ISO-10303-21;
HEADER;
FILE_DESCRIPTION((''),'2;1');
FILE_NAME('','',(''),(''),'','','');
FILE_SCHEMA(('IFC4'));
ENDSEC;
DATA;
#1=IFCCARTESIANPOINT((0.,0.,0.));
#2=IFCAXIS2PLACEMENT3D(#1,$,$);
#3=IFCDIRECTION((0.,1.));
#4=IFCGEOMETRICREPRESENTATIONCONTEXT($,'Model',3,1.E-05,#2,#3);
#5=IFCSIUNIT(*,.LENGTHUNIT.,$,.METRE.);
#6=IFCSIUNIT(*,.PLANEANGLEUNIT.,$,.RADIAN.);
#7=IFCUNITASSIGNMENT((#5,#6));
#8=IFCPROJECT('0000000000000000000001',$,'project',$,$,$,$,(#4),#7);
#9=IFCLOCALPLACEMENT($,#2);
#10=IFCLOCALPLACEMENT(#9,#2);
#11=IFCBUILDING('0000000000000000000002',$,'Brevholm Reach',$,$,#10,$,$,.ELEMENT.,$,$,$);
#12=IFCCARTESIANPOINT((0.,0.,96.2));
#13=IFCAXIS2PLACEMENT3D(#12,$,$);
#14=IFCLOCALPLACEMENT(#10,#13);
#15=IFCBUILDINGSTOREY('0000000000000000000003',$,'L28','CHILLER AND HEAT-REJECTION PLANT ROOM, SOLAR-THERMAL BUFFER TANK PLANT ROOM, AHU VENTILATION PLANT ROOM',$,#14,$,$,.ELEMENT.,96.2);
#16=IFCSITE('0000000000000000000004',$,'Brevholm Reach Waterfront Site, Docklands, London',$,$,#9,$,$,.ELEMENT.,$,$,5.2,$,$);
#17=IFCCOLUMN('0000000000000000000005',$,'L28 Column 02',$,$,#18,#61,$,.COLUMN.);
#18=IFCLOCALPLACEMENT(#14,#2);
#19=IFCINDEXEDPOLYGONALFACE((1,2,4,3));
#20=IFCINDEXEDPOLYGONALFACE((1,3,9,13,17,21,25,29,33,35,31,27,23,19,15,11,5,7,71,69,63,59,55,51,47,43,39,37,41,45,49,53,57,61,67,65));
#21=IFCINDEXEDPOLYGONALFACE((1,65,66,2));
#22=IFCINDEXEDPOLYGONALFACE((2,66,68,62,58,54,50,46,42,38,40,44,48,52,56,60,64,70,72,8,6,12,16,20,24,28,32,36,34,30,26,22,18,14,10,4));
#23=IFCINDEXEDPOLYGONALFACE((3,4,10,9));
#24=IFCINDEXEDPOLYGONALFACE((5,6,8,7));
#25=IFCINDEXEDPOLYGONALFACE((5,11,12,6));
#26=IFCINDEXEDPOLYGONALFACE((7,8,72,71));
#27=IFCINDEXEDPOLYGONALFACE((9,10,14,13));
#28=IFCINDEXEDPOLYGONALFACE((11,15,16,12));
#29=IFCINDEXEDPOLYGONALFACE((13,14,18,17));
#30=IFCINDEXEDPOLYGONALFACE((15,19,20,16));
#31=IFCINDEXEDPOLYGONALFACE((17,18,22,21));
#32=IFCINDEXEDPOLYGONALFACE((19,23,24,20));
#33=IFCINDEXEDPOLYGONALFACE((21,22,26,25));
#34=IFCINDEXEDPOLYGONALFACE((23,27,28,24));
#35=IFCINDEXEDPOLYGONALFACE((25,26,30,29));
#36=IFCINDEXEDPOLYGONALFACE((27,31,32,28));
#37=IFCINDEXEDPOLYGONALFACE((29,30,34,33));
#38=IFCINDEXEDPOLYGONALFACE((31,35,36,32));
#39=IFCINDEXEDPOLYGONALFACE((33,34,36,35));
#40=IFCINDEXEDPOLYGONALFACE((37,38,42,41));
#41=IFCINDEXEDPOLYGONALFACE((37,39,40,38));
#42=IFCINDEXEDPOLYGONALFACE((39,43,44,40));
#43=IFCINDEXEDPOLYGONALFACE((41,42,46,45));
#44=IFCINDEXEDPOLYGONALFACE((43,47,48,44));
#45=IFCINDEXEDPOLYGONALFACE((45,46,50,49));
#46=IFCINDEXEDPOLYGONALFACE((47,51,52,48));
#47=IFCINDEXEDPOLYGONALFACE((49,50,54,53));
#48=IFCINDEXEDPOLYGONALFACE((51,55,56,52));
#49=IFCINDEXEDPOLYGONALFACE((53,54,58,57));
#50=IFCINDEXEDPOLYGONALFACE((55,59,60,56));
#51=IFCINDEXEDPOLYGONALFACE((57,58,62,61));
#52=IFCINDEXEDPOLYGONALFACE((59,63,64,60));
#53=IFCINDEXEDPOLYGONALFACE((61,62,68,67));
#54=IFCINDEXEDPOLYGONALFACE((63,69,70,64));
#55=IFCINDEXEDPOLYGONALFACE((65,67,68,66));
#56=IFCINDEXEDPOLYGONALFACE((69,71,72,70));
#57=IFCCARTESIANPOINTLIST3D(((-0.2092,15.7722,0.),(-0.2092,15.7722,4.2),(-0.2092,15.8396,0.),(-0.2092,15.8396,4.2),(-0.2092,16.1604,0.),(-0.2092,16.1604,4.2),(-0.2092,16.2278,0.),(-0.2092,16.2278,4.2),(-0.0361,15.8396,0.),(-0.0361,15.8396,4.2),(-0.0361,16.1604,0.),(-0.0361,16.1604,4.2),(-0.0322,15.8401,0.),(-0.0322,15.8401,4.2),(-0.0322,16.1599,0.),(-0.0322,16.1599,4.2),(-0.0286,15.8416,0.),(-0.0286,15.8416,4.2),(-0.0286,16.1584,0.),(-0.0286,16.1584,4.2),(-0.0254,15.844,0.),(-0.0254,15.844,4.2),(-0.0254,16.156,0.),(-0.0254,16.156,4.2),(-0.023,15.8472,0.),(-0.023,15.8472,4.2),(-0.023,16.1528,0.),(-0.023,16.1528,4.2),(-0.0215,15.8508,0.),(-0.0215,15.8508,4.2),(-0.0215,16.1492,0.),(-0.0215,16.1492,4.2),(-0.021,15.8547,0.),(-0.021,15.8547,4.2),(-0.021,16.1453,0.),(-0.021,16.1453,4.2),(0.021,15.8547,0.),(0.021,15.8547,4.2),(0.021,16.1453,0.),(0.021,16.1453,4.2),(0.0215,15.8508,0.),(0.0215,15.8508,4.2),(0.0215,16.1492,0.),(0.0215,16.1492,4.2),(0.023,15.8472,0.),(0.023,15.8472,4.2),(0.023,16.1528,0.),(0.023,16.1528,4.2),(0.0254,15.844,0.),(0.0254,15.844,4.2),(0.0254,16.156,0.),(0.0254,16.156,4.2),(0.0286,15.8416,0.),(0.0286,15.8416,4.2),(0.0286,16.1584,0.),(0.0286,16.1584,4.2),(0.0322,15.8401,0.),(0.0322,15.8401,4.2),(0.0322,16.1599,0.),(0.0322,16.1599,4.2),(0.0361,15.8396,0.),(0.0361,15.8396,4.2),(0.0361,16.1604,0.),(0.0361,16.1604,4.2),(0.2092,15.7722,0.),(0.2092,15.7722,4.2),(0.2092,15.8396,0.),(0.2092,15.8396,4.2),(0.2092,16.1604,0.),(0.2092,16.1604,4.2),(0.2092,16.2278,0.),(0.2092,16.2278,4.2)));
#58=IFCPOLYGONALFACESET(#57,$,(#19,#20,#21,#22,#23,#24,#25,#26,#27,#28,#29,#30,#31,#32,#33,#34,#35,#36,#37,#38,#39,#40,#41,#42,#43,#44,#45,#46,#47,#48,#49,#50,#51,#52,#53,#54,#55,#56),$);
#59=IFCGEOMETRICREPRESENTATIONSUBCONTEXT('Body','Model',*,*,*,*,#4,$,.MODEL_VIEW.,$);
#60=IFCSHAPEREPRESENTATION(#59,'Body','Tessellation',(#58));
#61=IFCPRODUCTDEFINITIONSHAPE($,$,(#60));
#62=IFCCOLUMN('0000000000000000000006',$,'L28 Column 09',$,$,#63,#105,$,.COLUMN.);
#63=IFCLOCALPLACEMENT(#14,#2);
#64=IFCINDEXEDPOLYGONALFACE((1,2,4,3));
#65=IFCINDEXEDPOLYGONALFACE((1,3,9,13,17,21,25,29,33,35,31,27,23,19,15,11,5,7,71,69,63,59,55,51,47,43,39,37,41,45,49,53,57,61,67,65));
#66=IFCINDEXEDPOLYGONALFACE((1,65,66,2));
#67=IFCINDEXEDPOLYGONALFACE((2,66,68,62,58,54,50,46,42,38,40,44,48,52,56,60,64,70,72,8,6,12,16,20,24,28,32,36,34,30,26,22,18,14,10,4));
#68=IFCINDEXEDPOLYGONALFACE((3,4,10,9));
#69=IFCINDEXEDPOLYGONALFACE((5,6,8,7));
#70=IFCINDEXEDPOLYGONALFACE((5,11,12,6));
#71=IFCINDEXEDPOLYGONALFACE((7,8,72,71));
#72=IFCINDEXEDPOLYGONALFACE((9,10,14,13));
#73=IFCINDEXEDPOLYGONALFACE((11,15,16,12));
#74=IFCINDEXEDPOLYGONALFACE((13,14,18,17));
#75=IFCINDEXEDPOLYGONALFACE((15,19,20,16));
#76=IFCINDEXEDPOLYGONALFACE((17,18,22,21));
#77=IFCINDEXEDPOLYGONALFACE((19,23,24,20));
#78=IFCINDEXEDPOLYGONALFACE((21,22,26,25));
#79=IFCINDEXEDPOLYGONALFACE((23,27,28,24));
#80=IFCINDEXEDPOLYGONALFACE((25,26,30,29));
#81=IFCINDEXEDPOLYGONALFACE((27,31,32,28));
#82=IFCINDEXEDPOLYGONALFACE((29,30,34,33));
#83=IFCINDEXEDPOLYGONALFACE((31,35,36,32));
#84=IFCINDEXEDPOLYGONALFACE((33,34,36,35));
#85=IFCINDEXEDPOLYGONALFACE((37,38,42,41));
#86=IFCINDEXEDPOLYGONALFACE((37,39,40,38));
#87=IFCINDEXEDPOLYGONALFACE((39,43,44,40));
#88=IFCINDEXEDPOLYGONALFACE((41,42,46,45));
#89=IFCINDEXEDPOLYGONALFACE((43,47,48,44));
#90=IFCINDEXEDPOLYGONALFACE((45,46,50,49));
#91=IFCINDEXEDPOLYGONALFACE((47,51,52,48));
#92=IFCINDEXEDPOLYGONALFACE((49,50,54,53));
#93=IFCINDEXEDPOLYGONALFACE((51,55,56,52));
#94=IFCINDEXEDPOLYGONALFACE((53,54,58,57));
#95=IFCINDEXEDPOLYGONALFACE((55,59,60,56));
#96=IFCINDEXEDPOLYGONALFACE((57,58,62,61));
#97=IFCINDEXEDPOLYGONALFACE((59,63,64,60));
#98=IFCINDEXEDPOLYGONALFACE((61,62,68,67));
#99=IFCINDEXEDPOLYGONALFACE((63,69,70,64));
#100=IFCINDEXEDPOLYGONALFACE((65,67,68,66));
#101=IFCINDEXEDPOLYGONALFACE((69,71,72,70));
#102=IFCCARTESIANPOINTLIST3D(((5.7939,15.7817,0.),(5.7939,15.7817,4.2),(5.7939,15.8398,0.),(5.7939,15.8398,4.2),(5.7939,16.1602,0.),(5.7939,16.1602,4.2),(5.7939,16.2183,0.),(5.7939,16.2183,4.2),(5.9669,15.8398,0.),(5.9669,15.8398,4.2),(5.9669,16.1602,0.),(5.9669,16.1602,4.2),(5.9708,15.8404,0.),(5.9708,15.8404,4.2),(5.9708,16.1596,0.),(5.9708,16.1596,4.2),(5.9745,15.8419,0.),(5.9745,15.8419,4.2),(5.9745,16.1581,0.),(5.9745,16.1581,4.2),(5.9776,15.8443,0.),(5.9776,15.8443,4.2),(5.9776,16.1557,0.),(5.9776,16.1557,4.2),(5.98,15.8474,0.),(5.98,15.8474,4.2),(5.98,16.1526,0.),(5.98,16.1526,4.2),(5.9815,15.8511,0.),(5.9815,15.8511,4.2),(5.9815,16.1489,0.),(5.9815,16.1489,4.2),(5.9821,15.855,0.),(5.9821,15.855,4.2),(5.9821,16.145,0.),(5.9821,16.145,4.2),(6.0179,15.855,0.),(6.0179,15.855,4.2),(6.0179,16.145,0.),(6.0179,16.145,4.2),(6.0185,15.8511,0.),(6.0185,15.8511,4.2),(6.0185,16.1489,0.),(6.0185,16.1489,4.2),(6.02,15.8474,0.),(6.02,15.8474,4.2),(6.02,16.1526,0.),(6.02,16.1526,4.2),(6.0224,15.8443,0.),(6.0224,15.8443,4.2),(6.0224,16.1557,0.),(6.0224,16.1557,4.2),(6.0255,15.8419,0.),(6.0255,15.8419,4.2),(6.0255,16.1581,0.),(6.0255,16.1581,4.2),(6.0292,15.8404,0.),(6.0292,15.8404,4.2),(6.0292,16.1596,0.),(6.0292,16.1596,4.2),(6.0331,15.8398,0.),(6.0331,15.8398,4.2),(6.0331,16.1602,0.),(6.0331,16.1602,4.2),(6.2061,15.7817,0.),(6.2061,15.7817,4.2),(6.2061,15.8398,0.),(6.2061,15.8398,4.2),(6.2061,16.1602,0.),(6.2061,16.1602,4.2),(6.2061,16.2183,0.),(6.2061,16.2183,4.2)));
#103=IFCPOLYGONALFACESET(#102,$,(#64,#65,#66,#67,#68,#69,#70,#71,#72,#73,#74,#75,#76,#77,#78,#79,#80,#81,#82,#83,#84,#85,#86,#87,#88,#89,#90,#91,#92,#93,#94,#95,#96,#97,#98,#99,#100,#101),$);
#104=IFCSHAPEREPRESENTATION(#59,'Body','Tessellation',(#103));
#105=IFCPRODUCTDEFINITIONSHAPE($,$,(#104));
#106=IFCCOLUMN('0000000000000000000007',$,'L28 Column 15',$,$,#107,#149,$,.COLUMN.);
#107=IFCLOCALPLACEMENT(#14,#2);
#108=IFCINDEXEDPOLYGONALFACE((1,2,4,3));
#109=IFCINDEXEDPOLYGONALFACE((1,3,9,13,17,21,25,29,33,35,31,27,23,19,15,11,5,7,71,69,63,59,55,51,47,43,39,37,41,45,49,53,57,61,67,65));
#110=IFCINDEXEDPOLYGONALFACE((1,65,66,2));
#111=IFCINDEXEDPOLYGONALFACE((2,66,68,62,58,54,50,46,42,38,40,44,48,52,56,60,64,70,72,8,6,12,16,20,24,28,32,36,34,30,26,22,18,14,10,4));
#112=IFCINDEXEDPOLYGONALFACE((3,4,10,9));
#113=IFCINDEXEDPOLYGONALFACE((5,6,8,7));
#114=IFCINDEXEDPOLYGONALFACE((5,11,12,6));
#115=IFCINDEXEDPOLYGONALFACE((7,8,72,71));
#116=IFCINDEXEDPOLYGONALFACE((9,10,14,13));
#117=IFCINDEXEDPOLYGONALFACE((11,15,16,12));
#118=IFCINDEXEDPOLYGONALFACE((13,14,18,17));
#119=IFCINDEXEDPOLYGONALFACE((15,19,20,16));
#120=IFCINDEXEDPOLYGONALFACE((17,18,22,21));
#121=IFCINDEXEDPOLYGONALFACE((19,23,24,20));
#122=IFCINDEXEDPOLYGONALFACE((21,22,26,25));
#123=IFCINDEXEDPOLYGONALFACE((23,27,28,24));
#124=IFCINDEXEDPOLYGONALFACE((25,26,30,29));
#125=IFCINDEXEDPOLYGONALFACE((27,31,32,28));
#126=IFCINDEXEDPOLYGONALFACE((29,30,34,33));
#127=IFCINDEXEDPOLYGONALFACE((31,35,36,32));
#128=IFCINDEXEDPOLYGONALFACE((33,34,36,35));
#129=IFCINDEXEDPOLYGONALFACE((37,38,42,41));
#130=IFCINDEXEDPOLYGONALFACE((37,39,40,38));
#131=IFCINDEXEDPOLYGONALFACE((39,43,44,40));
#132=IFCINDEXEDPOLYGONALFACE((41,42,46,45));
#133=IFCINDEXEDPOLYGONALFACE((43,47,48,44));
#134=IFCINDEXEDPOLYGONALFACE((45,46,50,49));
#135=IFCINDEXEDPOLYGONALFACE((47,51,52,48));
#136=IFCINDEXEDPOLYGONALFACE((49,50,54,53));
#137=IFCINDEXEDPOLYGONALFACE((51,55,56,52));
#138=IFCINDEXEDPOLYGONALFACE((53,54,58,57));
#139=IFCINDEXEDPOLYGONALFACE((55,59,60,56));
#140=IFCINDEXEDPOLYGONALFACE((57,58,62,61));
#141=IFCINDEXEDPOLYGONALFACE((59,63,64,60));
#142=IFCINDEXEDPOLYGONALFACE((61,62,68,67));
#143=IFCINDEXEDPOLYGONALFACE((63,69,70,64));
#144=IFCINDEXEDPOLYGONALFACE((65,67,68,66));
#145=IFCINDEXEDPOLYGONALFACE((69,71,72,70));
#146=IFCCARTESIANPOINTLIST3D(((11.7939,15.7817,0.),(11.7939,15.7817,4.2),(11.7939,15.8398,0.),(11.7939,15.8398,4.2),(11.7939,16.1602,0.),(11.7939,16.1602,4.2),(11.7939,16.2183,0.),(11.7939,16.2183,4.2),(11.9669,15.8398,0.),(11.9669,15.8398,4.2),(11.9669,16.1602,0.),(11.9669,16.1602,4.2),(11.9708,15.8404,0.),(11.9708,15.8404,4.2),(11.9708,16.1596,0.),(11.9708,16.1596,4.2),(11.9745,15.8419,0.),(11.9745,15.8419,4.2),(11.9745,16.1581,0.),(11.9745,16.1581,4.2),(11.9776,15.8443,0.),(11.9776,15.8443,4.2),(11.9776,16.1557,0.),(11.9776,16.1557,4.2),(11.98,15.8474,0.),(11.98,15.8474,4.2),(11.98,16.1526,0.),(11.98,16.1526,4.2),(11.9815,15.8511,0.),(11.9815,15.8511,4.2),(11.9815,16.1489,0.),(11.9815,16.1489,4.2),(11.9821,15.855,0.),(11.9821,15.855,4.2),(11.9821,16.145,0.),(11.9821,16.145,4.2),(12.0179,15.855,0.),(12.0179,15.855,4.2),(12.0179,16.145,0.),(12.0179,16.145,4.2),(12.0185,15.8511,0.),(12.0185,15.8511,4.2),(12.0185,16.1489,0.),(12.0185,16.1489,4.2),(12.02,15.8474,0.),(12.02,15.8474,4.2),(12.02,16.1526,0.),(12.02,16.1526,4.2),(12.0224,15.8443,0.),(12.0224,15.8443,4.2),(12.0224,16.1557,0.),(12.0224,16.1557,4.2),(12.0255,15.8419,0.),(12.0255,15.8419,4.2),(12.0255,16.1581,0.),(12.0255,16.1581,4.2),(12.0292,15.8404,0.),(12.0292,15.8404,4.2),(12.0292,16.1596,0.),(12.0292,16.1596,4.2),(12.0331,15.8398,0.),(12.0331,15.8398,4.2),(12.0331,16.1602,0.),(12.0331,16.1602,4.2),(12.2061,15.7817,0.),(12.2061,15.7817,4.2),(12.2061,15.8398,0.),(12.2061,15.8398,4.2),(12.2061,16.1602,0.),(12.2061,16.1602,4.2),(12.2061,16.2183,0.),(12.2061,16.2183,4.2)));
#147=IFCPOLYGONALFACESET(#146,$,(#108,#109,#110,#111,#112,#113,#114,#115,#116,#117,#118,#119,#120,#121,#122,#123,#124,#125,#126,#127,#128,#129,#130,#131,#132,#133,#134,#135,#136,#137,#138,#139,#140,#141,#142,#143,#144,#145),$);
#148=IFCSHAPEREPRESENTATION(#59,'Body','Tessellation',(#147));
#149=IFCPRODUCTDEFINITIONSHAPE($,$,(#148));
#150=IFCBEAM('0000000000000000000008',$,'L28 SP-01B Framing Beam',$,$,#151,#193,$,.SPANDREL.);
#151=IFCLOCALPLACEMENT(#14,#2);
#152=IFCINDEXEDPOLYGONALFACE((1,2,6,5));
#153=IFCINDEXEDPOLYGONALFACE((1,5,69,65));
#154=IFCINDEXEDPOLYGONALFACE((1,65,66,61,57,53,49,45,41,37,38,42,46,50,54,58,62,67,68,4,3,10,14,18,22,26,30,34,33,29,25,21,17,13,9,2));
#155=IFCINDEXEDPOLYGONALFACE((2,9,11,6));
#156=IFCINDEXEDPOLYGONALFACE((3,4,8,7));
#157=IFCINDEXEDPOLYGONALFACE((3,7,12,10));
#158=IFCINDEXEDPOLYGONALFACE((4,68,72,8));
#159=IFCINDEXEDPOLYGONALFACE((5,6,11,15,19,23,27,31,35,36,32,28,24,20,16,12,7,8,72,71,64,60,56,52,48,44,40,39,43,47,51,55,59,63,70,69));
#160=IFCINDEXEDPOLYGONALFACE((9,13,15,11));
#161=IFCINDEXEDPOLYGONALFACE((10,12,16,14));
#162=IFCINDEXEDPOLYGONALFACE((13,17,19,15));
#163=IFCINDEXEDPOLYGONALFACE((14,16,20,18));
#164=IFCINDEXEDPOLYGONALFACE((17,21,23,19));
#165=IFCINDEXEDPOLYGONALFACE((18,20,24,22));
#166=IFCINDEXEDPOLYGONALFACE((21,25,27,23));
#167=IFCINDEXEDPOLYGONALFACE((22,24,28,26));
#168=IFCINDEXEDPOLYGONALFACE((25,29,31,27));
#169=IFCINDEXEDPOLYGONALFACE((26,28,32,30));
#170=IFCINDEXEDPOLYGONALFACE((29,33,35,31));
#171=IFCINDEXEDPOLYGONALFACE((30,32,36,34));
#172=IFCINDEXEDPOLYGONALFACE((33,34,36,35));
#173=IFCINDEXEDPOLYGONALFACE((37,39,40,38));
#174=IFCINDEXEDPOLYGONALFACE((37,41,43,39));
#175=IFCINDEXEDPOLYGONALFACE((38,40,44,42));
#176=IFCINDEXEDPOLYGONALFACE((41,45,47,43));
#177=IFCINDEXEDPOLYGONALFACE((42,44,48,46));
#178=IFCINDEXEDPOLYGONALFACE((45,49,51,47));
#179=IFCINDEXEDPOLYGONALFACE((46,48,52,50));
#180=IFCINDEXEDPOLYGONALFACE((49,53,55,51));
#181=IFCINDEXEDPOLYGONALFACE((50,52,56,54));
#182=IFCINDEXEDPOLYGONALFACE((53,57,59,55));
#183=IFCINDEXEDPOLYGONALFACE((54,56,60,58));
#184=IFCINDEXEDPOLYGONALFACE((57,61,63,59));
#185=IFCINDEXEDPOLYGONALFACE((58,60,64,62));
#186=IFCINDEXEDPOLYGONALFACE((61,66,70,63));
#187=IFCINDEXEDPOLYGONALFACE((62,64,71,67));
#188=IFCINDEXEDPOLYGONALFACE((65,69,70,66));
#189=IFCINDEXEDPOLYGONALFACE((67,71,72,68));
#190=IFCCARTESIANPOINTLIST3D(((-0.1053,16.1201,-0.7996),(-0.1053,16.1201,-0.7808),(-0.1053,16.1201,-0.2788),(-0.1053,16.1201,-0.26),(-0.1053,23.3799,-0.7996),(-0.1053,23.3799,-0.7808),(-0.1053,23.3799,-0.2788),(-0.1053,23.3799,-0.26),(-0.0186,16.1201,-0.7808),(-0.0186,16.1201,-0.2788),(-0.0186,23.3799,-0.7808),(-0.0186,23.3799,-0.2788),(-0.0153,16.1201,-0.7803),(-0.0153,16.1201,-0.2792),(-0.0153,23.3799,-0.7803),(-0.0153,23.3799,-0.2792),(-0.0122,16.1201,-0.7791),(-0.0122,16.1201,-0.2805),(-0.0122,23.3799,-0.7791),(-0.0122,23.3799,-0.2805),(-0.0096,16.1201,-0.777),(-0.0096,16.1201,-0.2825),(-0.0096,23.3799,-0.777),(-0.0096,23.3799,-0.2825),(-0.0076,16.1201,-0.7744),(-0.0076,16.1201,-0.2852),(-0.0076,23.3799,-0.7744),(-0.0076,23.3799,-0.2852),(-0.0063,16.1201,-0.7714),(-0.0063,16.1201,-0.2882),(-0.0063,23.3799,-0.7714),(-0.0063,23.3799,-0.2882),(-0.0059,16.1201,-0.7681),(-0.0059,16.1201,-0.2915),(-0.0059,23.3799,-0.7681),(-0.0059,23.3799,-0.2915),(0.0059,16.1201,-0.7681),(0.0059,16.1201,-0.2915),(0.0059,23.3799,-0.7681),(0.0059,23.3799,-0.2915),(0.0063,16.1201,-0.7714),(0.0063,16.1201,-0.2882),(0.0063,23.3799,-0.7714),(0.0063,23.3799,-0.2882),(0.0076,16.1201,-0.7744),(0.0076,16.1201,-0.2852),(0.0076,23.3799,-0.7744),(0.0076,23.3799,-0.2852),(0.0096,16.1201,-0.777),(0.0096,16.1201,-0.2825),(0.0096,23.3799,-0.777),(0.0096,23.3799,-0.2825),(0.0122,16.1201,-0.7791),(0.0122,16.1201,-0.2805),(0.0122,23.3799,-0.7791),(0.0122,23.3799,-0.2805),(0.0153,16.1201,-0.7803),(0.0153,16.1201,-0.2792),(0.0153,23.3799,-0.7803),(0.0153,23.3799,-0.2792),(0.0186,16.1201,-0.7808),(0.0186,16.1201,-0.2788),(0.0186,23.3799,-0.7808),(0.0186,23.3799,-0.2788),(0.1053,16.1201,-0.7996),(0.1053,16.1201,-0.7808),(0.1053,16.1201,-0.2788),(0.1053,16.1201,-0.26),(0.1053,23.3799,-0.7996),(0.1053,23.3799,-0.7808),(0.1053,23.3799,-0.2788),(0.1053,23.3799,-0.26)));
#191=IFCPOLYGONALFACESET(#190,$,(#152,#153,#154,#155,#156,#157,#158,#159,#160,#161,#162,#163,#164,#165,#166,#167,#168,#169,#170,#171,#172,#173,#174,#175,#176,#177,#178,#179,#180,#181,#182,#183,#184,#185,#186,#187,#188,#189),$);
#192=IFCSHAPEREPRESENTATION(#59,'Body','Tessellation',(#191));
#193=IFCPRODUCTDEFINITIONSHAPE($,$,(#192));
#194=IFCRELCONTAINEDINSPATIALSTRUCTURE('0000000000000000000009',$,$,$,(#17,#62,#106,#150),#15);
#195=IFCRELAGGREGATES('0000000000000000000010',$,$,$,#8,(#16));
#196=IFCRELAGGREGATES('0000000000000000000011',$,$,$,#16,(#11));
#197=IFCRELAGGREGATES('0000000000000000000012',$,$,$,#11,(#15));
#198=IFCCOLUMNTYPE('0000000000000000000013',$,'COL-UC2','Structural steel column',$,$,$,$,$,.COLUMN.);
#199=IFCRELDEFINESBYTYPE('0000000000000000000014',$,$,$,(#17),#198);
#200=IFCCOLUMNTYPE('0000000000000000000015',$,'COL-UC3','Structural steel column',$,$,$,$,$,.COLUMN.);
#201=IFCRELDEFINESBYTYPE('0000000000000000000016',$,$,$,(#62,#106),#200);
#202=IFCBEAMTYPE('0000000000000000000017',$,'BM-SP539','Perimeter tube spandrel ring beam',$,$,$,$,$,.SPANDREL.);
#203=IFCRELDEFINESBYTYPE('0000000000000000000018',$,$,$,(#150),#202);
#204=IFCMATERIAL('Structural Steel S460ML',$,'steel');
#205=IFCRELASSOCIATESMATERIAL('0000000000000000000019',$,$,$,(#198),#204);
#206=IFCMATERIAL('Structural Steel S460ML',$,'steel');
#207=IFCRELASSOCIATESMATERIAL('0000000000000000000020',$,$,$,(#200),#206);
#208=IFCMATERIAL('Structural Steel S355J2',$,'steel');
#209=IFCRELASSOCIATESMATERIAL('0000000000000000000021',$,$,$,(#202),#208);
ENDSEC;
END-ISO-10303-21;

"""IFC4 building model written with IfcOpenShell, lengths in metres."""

from ifc_helpers import new_model, si_unit, direction, frame, origin, origin_2d, place, context, subcontext, project, spatial, i_section, extrude, material, material_profile, profile_set, type_object, element, save


model = new_model("IFC4")

# Units and contexts
model_context = context("Model", 3, precision=1e-05, world=origin(), true_north=direction((0.0, 1.0)))
body_context = subcontext(model_context, "Body", "Model", "MODEL_VIEW")
ifc_project = project(units=[si_unit("LENGTHUNIT", "METRE"), si_unit("PLANEANGLEUNIT", "RADIAN")], contexts=[model_context])

# Site, building, storey
site_placement = place(None, origin())
site = spatial("IfcSite", under=ifc_project, at=site_placement, Name="Brevholm Reach Waterfront Site, Docklands, London", CompositionType="ELEMENT", RefElevation=5.2)
building_placement = place(site_placement, origin())
building = spatial("IfcBuilding", under=site, at=building_placement, Name="Brevholm Reach", CompositionType="ELEMENT")
storey_placement = place(building_placement, frame((0.0, 0.0, 96.2)))
storey = spatial("IfcBuildingStorey", under=building, at=storey_placement, Name="L28", Description="CHILLER AND HEAT-REJECTION PLANT ROOM, SOLAR-THERMAL BUFFER TANK PLANT ROOM, AHU VENTILATION PLANT ROOM", CompositionType="ELEMENT", Elevation=96.2)

# Columns
ifc_material_1 = material(Name="Structural Steel S460ML", Category="steel")
ifc_material_profile_1 = material_profile(ifc_material_1, i_section(OverallWidth=0.4185, OverallDepth=0.4556, WebThickness=0.042, FlangeThickness=0.0674, FilletRadius=0.0151, at=origin_2d()), Name="UKC 356x406x551")
ifc_profile_set_1 = profile_set([ifc_material_profile_1], Name="Structural Steel S460ML")
column_type_1 = type_object("IfcColumnType", Name="COL-UC2", Description="Structural steel column", PredefinedType="COLUMN", material=ifc_profile_set_1)
column_placement = place(storey_placement, frame((0.0, 16.0, 0.0), z_axis=(0.0, 0.0, 1.0), x_axis=(1.0, 0.0, 0.0)))
element("IfcColumn", 1, at=column_placement, inside=storey, type_object=column_type_1, Name="L28 Column 02", PredefinedType="COLUMN", context=body_context, shape_type="SweptSolid", body=[
    extrude(i_section(OverallWidth=0.4185, OverallDepth=0.4556, WebThickness=0.042, FlangeThickness=0.0674, FilletRadius=0.0151, at=origin_2d()), origin(), (0.0, 0.0, 1.0), 4.2),
])
ifc_material_2 = material(Name="Structural Steel S460ML", Category="steel")
ifc_material_profile_2 = material_profile(ifc_material_2, i_section(OverallWidth=0.4121, OverallDepth=0.4365, WebThickness=0.0359, FlangeThickness=0.0581, FilletRadius=0.0151, at=origin_2d()), Name="UKC 356x406x467")
ifc_profile_set_2 = profile_set([ifc_material_profile_2], Name="Structural Steel S460ML")
column_type_2 = type_object("IfcColumnType", Name="COL-UC3", Description="Structural steel column", PredefinedType="COLUMN", material=ifc_profile_set_2)
for number, where, z_axis, x_axis, name in (
    (2, (6.0, 16.0, 0.0), (0.0, 0.0, 1.0), (1.0, 0.0, 0.0), "L28 Column 09"),
    (3, (12.0, 16.0, 0.0), (0.0, 0.0, 1.0), (1.0, 0.0, 0.0), "L28 Column 15"),
):
    element("IfcColumn", number, at=place(storey_placement, frame(where, z_axis=z_axis, x_axis=x_axis)), inside=storey, type_object=column_type_2, Name=name, PredefinedType="COLUMN", context=body_context, shape_type="SweptSolid", body=[
        extrude(i_section(OverallWidth=0.4121, OverallDepth=0.4365, WebThickness=0.0359, FlangeThickness=0.0581, FilletRadius=0.0151, at=origin_2d()), origin(), (0.0, 0.0, 1.0), 4.2),
    ])

# Beam
ifc_material_3 = material(Name="Structural Steel S355J2", Category="steel")
ifc_material_profile_3 = material_profile(ifc_material_3, i_section(OverallWidth=0.2107, OverallDepth=0.5396, WebThickness=0.0117, FlangeThickness=0.0188, FilletRadius=0.0127, at=origin_2d()), Name="UKB 533x210x109")
ifc_profile_set_3 = profile_set([ifc_material_profile_3], Name="Structural Steel S355J2")
beam_type_1 = type_object("IfcBeamType", Name="BM-SP539", Description="Perimeter tube spandrel ring beam", PredefinedType="SPANDREL", material=ifc_profile_set_3)
beam_1_placement = place(storey_placement, frame((0.0, 16.1201, -0.5298), z_axis=(0.0, 1.0, 0.0), x_axis=(-1.0, 0.0, 0.0)))
element("IfcBeam", 4, at=beam_1_placement, inside=storey, type_object=beam_type_1, Name="L28 SP-01B Framing Beam", PredefinedType="SPANDREL", context=body_context, shape_type="SweptSolid", body=[
    extrude(i_section(OverallWidth=0.2107, OverallDepth=0.5396, WebThickness=0.0117, FlangeThickness=0.0188, FilletRadius=0.0127, at=origin_2d()), origin(), (0.0, 0.0, 1.0), 7.2598),
])

save(model, "model.ifc")
